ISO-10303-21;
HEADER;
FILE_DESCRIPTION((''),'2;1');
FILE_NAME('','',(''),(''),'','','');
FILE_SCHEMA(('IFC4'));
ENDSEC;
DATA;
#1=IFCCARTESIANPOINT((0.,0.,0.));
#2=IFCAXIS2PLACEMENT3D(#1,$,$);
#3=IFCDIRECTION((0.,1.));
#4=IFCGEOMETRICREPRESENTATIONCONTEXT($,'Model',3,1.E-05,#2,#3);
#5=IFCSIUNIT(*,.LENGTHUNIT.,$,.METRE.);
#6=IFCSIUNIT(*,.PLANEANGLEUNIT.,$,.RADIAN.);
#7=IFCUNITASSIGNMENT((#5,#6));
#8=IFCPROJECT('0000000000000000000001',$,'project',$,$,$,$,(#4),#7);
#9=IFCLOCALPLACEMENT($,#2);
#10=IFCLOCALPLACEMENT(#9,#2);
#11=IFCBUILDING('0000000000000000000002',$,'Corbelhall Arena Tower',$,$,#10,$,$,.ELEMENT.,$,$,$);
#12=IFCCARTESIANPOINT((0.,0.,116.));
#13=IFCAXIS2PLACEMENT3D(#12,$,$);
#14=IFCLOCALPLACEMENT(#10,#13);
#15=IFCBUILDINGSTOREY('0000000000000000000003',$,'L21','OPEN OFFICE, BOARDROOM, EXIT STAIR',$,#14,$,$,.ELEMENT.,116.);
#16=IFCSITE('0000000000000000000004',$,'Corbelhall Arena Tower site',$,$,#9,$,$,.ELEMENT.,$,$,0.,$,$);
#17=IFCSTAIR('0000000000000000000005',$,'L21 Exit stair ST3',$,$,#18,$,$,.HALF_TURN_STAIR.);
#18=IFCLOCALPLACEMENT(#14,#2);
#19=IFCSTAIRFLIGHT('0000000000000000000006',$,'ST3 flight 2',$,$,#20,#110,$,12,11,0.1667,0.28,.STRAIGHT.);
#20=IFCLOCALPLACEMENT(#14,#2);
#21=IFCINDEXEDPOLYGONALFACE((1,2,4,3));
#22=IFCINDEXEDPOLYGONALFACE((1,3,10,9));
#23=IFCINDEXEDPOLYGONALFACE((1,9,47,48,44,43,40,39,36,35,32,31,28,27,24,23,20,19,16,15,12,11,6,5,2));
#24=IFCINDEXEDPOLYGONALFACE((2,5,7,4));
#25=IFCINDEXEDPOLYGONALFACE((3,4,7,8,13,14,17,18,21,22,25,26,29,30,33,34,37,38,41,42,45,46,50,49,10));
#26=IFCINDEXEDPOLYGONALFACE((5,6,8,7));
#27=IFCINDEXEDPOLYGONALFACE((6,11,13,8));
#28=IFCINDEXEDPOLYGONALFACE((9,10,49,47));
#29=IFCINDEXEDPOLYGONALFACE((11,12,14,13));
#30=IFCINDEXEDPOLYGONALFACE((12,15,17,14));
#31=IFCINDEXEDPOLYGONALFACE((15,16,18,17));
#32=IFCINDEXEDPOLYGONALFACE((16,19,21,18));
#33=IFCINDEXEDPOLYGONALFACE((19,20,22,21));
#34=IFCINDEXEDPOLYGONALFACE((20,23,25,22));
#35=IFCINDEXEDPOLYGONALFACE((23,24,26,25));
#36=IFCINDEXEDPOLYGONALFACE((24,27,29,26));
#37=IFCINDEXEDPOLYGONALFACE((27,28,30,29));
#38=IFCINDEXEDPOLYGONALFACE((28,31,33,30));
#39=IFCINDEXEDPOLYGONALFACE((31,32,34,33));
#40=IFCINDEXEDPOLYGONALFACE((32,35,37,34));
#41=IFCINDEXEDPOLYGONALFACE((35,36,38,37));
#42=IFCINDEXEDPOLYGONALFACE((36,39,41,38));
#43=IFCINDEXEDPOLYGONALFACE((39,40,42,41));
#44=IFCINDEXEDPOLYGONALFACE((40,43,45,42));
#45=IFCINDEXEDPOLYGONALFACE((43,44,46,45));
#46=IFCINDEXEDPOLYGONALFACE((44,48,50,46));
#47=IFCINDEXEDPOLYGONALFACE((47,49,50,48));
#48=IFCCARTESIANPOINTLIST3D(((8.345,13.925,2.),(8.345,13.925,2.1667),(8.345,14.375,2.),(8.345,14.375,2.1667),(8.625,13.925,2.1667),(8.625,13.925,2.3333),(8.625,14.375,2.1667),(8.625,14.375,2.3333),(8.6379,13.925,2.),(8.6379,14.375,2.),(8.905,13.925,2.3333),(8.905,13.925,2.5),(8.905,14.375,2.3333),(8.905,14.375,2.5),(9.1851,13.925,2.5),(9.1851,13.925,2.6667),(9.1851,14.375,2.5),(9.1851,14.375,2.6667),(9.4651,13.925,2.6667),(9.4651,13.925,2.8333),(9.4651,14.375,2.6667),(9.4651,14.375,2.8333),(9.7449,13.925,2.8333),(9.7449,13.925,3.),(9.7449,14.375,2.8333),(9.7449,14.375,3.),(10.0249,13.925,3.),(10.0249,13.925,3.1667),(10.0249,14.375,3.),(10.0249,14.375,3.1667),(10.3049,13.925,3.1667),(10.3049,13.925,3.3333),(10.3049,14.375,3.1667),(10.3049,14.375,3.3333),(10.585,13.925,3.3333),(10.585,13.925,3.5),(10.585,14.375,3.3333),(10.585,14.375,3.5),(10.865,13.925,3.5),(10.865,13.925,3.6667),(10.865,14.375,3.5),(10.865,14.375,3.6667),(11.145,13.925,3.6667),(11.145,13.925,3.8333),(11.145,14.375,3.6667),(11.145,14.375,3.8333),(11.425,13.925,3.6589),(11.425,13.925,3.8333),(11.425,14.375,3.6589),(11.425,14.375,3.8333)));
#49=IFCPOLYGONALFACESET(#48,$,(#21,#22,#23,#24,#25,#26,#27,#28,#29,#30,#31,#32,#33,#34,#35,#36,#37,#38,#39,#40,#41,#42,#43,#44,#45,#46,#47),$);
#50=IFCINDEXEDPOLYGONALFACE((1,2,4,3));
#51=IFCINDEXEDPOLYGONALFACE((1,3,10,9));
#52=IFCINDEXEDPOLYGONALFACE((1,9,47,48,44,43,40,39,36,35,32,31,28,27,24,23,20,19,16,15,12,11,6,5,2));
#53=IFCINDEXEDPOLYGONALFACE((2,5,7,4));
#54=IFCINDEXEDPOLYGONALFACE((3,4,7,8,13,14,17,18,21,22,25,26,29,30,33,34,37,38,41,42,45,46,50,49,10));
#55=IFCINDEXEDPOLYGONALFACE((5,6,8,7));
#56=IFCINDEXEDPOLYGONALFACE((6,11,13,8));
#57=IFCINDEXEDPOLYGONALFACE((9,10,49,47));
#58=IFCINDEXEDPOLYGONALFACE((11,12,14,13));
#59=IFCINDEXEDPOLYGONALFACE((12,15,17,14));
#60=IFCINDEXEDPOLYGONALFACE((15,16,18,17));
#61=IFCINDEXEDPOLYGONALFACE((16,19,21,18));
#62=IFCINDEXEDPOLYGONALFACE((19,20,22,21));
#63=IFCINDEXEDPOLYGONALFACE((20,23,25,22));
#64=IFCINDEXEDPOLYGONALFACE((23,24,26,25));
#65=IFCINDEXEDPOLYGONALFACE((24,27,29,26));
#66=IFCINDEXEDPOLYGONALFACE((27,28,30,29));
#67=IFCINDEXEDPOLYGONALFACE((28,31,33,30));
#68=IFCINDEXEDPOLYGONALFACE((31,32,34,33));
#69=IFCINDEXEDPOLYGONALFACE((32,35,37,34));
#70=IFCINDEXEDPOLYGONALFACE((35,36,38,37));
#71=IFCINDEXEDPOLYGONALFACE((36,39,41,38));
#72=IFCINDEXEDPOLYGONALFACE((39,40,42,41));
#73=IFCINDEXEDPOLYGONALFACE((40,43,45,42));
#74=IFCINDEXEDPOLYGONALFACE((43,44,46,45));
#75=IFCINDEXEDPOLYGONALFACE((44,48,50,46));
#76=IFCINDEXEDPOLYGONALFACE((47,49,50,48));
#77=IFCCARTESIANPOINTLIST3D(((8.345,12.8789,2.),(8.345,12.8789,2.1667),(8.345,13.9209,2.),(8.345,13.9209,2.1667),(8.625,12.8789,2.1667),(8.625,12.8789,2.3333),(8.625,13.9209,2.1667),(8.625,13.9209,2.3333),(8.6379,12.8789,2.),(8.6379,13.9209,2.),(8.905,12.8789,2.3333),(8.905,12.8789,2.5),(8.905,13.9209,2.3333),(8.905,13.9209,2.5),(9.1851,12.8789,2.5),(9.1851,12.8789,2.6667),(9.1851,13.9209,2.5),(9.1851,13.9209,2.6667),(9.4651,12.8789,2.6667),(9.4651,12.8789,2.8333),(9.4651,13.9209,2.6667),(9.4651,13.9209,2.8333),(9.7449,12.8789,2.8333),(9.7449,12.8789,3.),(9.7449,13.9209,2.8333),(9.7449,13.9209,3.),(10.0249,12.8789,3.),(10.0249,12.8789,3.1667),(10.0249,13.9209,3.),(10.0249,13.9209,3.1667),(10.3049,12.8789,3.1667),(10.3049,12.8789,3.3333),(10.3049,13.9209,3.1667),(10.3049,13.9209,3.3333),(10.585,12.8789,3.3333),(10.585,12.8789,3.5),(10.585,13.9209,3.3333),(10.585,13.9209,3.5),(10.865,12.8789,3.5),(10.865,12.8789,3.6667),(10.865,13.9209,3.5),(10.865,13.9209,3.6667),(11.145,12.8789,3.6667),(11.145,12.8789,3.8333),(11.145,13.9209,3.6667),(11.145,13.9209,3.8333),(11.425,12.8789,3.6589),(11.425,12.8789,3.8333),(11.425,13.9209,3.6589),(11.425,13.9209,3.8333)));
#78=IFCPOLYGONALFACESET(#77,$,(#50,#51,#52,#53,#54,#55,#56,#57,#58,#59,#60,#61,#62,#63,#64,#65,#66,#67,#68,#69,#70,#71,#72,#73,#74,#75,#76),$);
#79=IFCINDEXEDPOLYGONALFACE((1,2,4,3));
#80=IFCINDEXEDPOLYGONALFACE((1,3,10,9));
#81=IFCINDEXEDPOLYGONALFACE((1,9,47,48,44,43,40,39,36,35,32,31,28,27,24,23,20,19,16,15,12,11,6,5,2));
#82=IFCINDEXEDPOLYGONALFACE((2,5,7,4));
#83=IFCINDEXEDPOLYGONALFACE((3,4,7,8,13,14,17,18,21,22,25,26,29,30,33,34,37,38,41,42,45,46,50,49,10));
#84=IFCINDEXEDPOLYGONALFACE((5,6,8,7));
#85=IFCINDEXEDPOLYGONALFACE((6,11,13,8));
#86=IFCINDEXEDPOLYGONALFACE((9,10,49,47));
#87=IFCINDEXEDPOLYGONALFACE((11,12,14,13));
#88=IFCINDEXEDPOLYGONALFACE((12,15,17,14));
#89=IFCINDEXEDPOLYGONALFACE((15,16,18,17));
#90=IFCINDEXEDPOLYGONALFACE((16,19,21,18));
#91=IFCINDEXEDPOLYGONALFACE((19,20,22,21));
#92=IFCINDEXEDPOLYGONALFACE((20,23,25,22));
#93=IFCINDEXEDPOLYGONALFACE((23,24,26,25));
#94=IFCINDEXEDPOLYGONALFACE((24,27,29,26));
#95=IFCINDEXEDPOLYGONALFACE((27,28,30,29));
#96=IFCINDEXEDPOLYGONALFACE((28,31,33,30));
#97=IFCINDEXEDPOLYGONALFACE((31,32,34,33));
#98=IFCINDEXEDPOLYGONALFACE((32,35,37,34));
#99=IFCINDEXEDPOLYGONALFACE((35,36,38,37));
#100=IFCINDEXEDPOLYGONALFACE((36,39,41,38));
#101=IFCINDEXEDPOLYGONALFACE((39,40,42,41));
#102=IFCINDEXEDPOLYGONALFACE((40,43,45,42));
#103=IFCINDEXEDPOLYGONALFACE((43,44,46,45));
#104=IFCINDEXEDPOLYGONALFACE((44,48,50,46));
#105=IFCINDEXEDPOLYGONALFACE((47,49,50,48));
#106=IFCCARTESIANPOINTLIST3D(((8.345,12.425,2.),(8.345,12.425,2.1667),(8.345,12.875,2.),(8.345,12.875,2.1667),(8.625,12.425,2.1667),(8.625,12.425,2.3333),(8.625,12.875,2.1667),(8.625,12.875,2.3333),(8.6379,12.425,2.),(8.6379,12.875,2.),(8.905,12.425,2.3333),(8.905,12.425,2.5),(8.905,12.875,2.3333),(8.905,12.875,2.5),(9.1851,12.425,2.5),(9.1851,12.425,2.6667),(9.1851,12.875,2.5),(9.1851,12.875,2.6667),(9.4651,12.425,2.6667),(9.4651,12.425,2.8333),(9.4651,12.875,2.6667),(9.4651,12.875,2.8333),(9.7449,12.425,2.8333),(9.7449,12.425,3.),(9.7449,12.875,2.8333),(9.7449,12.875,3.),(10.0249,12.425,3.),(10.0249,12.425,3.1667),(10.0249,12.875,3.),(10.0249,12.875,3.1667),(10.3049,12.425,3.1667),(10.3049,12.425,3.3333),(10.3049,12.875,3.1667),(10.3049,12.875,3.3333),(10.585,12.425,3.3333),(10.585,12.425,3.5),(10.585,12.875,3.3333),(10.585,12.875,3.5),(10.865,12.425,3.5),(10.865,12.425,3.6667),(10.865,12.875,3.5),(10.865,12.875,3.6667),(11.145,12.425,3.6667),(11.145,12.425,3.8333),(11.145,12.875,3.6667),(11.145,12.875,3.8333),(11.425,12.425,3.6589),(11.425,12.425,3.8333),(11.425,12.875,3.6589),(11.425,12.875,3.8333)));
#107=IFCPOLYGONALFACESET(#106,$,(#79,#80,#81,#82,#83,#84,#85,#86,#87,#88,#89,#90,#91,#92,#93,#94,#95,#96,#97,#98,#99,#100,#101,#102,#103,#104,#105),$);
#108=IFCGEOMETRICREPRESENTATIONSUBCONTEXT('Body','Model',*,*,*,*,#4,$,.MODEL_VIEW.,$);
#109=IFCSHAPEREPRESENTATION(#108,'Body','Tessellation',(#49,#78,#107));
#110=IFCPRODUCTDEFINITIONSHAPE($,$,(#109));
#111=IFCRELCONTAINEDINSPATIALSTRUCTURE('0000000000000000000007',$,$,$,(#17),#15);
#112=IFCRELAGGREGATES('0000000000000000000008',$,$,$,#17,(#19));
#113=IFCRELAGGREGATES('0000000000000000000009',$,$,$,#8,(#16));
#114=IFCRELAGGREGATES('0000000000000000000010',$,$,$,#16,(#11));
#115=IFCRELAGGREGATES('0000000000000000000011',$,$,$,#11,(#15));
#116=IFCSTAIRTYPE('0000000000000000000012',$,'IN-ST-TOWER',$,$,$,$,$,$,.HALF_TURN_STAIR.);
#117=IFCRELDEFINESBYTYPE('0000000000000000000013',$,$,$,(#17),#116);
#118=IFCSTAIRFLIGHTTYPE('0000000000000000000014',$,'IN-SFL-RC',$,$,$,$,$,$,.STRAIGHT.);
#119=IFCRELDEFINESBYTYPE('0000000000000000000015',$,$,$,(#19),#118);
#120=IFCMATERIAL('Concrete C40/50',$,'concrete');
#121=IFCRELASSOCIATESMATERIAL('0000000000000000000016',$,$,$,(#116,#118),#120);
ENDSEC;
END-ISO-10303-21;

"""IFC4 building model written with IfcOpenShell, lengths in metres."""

from ifc_helpers import new_model, si_unit, direction, frame, origin, place, context, subcontext, project, spatial, polyline, outline, extrude, material, type_object, element, aggregate, save


model = new_model("IFC4")

# Units and contexts
model_context = context("Model", 3, precision=1e-05, world=origin(), true_north=direction((0.0, 1.0)))
body_context = subcontext(model_context, "Body", "Model", "MODEL_VIEW")
ifc_project = project(units=[si_unit("LENGTHUNIT", "METRE"), si_unit("PLANEANGLEUNIT", "RADIAN")], contexts=[model_context])

# Site, building, storey
site_placement = place(None, origin())
site = spatial("IfcSite", under=ifc_project, at=site_placement, Name="Corbelhall Arena Tower site", CompositionType="ELEMENT", RefElevation=0.0)
building_placement = place(site_placement, origin())
building = spatial("IfcBuilding", under=site, at=building_placement, Name="Corbelhall Arena Tower", CompositionType="ELEMENT")
storey_placement = place(building_placement, frame((0.0, 0.0, 116.0)))
storey = spatial("IfcBuildingStorey", under=building, at=storey_placement, Name="L21", Description="OPEN OFFICE, BOARDROOM, EXIT STAIR", CompositionType="ELEMENT", Elevation=116.0)

# Shared definitions
ifc_material_1 = material(Name="Concrete C40/50", Category="concrete")

# Stair, stair flight
stair_type = type_object("IfcStairType", Name="IN-ST-TOWER", PredefinedType="HALF_TURN_STAIR", material=ifc_material_1)
stair_placement = place(storey_placement, origin())
stair = element("IfcStair", 1, at=stair_placement, inside=storey, type_object=stair_type, Name="L21 Exit stair ST3", PredefinedType="HALF_TURN_STAIR")
stair_flight_type = type_object("IfcStairFlightType", Name="IN-SFL-RC", PredefinedType="STRAIGHT", material=ifc_material_1)
stair_flight_1_placement = place(storey_placement, frame((8.345, 13.3999, 2.0), z_axis=(0.0, 0.0, 1.0), x_axis=(1.0, 0.0, 0.0)))
stair_flight_1 = element("IfcStairFlight", 2, at=stair_flight_1_placement, type_object=stair_flight_type, Name="ST3 flight 2", NumberOfRisers=12, NumberOfTreads=11, PredefinedType="STRAIGHT", RiserHeight=0.1667, TreadLength=0.28, context=body_context, shape_type="SweptSolid", body=[
    extrude(outline(polyline([(0.0, 0.0), (0.0, 0.1667), (0.28, 0.1667), (0.28, 0.3333), (0.5601, 0.3333), (0.5601, 0.5), (0.8401, 0.5), (0.8401, 0.6667), (1.1201, 0.6667), (1.1201, 0.8333), (1.3999, 0.8333), (1.3999, 1.0), (1.6799, 1.0), (1.6799, 1.1667), (1.96, 1.1667), (1.96, 1.3333), (2.24, 1.3333), (2.24, 1.5), (2.52, 1.5), (2.52, 1.6667), (2.8, 1.6667), (2.8, 1.8333), (3.0801, 1.8333), (3.0801, 2.0), (3.0801, 1.6589), (0.293, 0.0), (0.0, 0.0)])), frame((0.0, 0.9751, 0.0), z_axis=(0.0, -1.0, 0.0), x_axis=(1.0, 0.0, 0.0)), (0.0, 0.0, 1.0), 0.45),
    extrude(outline(polyline([(0.0, 0.0), (0.0, 0.1667), (0.28, 0.1667), (0.28, 0.3333), (0.5601, 0.3333), (0.5601, 0.5), (0.8401, 0.5), (0.8401, 0.6667), (1.1201, 0.6667), (1.1201, 0.8333), (1.3999, 0.8333), (1.3999, 1.0), (1.6799, 1.0), (1.6799, 1.1667), (1.96, 1.1667), (1.96, 1.3333), (2.24, 1.3333), (2.24, 1.5), (2.52, 1.5), (2.52, 1.6667), (2.8, 1.6667), (2.8, 1.8333), (3.0801, 1.8333), (3.0801, 2.0), (3.0801, 1.6589), (0.293, 0.0), (0.0, 0.0)])), frame((0.0, 0.521, 0.0), z_axis=(0.0, -1.0, 0.0), x_axis=(1.0, 0.0, 0.0)), (0.0, 0.0, 1.0), 1.042),
    extrude(outline(polyline([(0.0, 0.0), (0.0, 0.1667), (0.28, 0.1667), (0.28, 0.3333), (0.5601, 0.3333), (0.5601, 0.5), (0.8401, 0.5), (0.8401, 0.6667), (1.1201, 0.6667), (1.1201, 0.8333), (1.3999, 0.8333), (1.3999, 1.0), (1.6799, 1.0), (1.6799, 1.1667), (1.96, 1.1667), (1.96, 1.3333), (2.24, 1.3333), (2.24, 1.5), (2.52, 1.5), (2.52, 1.6667), (2.8, 1.6667), (2.8, 1.8333), (3.0801, 1.8333), (3.0801, 2.0), (3.0801, 1.6589), (0.293, 0.0), (0.0, 0.0)])), frame((0.0, -0.5249, 0.0), z_axis=(0.0, -1.0, 0.0), x_axis=(1.0, 0.0, 0.0)), (0.0, 0.0, 1.0), 0.45),
])
aggregate(stair, [stair_flight_1])

save(model, "model.ifc")
